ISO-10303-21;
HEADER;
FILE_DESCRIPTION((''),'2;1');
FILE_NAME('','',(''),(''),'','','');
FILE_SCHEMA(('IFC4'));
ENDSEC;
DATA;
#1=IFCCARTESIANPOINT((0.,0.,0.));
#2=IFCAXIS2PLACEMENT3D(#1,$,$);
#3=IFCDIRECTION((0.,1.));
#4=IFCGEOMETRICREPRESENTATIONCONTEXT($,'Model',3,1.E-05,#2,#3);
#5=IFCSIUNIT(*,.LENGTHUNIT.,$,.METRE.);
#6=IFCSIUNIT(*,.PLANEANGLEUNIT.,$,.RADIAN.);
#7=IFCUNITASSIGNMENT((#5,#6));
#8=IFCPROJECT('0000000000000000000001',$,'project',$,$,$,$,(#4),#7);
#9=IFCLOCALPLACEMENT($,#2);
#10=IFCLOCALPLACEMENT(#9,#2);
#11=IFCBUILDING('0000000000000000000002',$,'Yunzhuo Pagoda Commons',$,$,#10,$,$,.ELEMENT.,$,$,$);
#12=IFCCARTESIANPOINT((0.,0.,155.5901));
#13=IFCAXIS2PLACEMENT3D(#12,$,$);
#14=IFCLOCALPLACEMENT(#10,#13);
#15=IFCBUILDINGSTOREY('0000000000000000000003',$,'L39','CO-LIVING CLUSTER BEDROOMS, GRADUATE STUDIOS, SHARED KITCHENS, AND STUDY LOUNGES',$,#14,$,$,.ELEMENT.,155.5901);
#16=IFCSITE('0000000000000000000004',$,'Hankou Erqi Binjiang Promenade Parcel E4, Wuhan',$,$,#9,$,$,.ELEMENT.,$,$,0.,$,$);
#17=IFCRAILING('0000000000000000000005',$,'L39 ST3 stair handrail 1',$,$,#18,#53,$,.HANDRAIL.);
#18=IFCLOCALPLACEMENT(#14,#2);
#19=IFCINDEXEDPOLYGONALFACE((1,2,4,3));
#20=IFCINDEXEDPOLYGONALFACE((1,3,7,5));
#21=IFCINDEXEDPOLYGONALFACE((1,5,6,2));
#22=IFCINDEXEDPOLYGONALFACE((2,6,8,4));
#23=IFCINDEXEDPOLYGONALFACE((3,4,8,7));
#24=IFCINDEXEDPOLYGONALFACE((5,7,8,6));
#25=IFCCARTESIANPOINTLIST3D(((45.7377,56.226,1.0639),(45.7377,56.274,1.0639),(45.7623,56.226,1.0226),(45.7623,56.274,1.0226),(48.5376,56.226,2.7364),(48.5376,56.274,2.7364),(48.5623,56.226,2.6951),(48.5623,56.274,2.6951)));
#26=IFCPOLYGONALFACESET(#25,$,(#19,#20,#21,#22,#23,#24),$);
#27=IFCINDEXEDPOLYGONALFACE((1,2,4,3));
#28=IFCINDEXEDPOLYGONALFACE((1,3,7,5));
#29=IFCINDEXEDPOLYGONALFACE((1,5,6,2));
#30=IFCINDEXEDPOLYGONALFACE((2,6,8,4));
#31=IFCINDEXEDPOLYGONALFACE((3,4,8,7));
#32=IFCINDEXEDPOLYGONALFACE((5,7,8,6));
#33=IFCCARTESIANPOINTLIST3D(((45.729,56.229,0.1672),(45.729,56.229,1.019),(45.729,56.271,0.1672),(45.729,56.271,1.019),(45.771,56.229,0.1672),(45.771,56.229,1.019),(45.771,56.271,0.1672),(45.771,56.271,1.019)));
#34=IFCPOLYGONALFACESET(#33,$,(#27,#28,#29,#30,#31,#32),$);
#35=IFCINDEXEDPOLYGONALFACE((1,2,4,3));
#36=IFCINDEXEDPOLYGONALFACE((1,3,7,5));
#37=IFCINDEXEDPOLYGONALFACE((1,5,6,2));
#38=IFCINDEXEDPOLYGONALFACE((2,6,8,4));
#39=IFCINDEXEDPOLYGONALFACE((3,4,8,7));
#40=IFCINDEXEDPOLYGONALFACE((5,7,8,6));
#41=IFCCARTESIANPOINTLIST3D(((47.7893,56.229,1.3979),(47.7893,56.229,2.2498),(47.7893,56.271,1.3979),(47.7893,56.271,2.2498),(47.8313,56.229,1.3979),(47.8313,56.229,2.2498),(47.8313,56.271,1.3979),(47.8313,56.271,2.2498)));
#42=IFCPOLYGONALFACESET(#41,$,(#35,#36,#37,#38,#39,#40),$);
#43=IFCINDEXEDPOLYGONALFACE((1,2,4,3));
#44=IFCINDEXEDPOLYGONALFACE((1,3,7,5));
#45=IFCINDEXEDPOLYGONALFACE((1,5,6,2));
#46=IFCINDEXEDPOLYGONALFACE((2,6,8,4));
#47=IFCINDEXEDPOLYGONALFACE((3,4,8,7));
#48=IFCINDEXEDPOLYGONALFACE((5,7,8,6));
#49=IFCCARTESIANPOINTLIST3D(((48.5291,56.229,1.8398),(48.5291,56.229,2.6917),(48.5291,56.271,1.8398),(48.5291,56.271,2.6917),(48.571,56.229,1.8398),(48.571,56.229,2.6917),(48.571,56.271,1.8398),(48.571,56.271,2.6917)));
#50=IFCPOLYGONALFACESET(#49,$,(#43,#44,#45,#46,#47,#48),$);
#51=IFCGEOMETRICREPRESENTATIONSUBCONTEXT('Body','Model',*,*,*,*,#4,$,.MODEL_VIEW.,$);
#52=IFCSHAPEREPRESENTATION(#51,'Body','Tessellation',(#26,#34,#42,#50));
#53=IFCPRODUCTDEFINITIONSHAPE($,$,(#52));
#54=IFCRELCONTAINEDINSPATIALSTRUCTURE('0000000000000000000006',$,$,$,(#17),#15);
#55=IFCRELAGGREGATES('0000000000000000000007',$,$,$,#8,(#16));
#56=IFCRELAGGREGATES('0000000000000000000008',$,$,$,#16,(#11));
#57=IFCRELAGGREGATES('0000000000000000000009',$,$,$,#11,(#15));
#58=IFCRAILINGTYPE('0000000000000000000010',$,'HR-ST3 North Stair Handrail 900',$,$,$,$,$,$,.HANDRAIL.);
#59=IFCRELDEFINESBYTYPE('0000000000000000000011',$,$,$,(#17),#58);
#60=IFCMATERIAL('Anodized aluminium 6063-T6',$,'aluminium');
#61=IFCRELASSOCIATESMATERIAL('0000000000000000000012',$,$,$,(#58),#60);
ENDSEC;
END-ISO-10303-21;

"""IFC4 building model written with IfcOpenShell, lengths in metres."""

from ifc_helpers import new_model, si_unit, direction, frame, origin, origin_2d, place, context, subcontext, project, spatial, rectangle, extrude, material, type_object, element, save


model = new_model("IFC4")

# Units and contexts
model_context = context("Model", 3, precision=1e-05, world=origin(), true_north=direction((0.0, 1.0)))
body_context = subcontext(model_context, "Body", "Model", "MODEL_VIEW")
ifc_project = project(units=[si_unit("LENGTHUNIT", "METRE"), si_unit("PLANEANGLEUNIT", "RADIAN")], contexts=[model_context])

# Site, building, storey
site_placement = place(None, origin())
site = spatial("IfcSite", under=ifc_project, at=site_placement, Name="Hankou Erqi Binjiang Promenade Parcel E4, Wuhan", CompositionType="ELEMENT", RefElevation=0.0)
building_placement = place(site_placement, origin())
building = spatial("IfcBuilding", under=site, at=building_placement, Name="Yunzhuo Pagoda Commons", CompositionType="ELEMENT")
storey_placement = place(building_placement, frame((0.0, 0.0, 155.5901)))
storey = spatial("IfcBuildingStorey", under=building, at=storey_placement, Name="L39", Description="CO-LIVING CLUSTER BEDROOMS, GRADUATE STUDIOS, SHARED KITCHENS, AND STUDY LOUNGES", CompositionType="ELEMENT", Elevation=155.5901)

# Shared definitions
ifc_material_1 = material(Name="Anodized aluminium 6063-T6", Category="aluminium")

# Railing
railing_type = type_object("IfcRailingType", Name="HR-ST3 North Stair Handrail 900", PredefinedType="HANDRAIL", material=ifc_material_1)
railing_placement = place(storey_placement, frame((45.75, 56.25, 0.1672)))
element("IfcRailing", 1, at=railing_placement, inside=storey, type_object=railing_type, Name="L39 ST3 stair handrail 1", PredefinedType="HANDRAIL", context=body_context, shape_type="SweptSolid", body=[
    extrude(rectangle(XDim=0.0481, YDim=0.0481, at=origin_2d()), frame((0.0, 0.0, 0.876), z_axis=(0.858495, 0.0, 0.512822), x_axis=(0.0, 1.0, 0.0)), (0.0, 0.0, 1.0), 3.2615),
    extrude(rectangle(XDim=0.042, YDim=0.042, at=origin_2d()), origin(), (0.0, 0.0, 1.0), 0.8518),
    extrude(rectangle(XDim=0.042, YDim=0.042, at=origin_2d()), frame((2.0603, 0.0, 1.2307)), (0.0, 0.0, 1.0), 0.8518),
    extrude(rectangle(XDim=0.042, YDim=0.042, at=origin_2d()), frame((2.8, 0.0, 1.6726)), (0.0, 0.0, 1.0), 0.8518),
])

save(model, "model.ifc")
